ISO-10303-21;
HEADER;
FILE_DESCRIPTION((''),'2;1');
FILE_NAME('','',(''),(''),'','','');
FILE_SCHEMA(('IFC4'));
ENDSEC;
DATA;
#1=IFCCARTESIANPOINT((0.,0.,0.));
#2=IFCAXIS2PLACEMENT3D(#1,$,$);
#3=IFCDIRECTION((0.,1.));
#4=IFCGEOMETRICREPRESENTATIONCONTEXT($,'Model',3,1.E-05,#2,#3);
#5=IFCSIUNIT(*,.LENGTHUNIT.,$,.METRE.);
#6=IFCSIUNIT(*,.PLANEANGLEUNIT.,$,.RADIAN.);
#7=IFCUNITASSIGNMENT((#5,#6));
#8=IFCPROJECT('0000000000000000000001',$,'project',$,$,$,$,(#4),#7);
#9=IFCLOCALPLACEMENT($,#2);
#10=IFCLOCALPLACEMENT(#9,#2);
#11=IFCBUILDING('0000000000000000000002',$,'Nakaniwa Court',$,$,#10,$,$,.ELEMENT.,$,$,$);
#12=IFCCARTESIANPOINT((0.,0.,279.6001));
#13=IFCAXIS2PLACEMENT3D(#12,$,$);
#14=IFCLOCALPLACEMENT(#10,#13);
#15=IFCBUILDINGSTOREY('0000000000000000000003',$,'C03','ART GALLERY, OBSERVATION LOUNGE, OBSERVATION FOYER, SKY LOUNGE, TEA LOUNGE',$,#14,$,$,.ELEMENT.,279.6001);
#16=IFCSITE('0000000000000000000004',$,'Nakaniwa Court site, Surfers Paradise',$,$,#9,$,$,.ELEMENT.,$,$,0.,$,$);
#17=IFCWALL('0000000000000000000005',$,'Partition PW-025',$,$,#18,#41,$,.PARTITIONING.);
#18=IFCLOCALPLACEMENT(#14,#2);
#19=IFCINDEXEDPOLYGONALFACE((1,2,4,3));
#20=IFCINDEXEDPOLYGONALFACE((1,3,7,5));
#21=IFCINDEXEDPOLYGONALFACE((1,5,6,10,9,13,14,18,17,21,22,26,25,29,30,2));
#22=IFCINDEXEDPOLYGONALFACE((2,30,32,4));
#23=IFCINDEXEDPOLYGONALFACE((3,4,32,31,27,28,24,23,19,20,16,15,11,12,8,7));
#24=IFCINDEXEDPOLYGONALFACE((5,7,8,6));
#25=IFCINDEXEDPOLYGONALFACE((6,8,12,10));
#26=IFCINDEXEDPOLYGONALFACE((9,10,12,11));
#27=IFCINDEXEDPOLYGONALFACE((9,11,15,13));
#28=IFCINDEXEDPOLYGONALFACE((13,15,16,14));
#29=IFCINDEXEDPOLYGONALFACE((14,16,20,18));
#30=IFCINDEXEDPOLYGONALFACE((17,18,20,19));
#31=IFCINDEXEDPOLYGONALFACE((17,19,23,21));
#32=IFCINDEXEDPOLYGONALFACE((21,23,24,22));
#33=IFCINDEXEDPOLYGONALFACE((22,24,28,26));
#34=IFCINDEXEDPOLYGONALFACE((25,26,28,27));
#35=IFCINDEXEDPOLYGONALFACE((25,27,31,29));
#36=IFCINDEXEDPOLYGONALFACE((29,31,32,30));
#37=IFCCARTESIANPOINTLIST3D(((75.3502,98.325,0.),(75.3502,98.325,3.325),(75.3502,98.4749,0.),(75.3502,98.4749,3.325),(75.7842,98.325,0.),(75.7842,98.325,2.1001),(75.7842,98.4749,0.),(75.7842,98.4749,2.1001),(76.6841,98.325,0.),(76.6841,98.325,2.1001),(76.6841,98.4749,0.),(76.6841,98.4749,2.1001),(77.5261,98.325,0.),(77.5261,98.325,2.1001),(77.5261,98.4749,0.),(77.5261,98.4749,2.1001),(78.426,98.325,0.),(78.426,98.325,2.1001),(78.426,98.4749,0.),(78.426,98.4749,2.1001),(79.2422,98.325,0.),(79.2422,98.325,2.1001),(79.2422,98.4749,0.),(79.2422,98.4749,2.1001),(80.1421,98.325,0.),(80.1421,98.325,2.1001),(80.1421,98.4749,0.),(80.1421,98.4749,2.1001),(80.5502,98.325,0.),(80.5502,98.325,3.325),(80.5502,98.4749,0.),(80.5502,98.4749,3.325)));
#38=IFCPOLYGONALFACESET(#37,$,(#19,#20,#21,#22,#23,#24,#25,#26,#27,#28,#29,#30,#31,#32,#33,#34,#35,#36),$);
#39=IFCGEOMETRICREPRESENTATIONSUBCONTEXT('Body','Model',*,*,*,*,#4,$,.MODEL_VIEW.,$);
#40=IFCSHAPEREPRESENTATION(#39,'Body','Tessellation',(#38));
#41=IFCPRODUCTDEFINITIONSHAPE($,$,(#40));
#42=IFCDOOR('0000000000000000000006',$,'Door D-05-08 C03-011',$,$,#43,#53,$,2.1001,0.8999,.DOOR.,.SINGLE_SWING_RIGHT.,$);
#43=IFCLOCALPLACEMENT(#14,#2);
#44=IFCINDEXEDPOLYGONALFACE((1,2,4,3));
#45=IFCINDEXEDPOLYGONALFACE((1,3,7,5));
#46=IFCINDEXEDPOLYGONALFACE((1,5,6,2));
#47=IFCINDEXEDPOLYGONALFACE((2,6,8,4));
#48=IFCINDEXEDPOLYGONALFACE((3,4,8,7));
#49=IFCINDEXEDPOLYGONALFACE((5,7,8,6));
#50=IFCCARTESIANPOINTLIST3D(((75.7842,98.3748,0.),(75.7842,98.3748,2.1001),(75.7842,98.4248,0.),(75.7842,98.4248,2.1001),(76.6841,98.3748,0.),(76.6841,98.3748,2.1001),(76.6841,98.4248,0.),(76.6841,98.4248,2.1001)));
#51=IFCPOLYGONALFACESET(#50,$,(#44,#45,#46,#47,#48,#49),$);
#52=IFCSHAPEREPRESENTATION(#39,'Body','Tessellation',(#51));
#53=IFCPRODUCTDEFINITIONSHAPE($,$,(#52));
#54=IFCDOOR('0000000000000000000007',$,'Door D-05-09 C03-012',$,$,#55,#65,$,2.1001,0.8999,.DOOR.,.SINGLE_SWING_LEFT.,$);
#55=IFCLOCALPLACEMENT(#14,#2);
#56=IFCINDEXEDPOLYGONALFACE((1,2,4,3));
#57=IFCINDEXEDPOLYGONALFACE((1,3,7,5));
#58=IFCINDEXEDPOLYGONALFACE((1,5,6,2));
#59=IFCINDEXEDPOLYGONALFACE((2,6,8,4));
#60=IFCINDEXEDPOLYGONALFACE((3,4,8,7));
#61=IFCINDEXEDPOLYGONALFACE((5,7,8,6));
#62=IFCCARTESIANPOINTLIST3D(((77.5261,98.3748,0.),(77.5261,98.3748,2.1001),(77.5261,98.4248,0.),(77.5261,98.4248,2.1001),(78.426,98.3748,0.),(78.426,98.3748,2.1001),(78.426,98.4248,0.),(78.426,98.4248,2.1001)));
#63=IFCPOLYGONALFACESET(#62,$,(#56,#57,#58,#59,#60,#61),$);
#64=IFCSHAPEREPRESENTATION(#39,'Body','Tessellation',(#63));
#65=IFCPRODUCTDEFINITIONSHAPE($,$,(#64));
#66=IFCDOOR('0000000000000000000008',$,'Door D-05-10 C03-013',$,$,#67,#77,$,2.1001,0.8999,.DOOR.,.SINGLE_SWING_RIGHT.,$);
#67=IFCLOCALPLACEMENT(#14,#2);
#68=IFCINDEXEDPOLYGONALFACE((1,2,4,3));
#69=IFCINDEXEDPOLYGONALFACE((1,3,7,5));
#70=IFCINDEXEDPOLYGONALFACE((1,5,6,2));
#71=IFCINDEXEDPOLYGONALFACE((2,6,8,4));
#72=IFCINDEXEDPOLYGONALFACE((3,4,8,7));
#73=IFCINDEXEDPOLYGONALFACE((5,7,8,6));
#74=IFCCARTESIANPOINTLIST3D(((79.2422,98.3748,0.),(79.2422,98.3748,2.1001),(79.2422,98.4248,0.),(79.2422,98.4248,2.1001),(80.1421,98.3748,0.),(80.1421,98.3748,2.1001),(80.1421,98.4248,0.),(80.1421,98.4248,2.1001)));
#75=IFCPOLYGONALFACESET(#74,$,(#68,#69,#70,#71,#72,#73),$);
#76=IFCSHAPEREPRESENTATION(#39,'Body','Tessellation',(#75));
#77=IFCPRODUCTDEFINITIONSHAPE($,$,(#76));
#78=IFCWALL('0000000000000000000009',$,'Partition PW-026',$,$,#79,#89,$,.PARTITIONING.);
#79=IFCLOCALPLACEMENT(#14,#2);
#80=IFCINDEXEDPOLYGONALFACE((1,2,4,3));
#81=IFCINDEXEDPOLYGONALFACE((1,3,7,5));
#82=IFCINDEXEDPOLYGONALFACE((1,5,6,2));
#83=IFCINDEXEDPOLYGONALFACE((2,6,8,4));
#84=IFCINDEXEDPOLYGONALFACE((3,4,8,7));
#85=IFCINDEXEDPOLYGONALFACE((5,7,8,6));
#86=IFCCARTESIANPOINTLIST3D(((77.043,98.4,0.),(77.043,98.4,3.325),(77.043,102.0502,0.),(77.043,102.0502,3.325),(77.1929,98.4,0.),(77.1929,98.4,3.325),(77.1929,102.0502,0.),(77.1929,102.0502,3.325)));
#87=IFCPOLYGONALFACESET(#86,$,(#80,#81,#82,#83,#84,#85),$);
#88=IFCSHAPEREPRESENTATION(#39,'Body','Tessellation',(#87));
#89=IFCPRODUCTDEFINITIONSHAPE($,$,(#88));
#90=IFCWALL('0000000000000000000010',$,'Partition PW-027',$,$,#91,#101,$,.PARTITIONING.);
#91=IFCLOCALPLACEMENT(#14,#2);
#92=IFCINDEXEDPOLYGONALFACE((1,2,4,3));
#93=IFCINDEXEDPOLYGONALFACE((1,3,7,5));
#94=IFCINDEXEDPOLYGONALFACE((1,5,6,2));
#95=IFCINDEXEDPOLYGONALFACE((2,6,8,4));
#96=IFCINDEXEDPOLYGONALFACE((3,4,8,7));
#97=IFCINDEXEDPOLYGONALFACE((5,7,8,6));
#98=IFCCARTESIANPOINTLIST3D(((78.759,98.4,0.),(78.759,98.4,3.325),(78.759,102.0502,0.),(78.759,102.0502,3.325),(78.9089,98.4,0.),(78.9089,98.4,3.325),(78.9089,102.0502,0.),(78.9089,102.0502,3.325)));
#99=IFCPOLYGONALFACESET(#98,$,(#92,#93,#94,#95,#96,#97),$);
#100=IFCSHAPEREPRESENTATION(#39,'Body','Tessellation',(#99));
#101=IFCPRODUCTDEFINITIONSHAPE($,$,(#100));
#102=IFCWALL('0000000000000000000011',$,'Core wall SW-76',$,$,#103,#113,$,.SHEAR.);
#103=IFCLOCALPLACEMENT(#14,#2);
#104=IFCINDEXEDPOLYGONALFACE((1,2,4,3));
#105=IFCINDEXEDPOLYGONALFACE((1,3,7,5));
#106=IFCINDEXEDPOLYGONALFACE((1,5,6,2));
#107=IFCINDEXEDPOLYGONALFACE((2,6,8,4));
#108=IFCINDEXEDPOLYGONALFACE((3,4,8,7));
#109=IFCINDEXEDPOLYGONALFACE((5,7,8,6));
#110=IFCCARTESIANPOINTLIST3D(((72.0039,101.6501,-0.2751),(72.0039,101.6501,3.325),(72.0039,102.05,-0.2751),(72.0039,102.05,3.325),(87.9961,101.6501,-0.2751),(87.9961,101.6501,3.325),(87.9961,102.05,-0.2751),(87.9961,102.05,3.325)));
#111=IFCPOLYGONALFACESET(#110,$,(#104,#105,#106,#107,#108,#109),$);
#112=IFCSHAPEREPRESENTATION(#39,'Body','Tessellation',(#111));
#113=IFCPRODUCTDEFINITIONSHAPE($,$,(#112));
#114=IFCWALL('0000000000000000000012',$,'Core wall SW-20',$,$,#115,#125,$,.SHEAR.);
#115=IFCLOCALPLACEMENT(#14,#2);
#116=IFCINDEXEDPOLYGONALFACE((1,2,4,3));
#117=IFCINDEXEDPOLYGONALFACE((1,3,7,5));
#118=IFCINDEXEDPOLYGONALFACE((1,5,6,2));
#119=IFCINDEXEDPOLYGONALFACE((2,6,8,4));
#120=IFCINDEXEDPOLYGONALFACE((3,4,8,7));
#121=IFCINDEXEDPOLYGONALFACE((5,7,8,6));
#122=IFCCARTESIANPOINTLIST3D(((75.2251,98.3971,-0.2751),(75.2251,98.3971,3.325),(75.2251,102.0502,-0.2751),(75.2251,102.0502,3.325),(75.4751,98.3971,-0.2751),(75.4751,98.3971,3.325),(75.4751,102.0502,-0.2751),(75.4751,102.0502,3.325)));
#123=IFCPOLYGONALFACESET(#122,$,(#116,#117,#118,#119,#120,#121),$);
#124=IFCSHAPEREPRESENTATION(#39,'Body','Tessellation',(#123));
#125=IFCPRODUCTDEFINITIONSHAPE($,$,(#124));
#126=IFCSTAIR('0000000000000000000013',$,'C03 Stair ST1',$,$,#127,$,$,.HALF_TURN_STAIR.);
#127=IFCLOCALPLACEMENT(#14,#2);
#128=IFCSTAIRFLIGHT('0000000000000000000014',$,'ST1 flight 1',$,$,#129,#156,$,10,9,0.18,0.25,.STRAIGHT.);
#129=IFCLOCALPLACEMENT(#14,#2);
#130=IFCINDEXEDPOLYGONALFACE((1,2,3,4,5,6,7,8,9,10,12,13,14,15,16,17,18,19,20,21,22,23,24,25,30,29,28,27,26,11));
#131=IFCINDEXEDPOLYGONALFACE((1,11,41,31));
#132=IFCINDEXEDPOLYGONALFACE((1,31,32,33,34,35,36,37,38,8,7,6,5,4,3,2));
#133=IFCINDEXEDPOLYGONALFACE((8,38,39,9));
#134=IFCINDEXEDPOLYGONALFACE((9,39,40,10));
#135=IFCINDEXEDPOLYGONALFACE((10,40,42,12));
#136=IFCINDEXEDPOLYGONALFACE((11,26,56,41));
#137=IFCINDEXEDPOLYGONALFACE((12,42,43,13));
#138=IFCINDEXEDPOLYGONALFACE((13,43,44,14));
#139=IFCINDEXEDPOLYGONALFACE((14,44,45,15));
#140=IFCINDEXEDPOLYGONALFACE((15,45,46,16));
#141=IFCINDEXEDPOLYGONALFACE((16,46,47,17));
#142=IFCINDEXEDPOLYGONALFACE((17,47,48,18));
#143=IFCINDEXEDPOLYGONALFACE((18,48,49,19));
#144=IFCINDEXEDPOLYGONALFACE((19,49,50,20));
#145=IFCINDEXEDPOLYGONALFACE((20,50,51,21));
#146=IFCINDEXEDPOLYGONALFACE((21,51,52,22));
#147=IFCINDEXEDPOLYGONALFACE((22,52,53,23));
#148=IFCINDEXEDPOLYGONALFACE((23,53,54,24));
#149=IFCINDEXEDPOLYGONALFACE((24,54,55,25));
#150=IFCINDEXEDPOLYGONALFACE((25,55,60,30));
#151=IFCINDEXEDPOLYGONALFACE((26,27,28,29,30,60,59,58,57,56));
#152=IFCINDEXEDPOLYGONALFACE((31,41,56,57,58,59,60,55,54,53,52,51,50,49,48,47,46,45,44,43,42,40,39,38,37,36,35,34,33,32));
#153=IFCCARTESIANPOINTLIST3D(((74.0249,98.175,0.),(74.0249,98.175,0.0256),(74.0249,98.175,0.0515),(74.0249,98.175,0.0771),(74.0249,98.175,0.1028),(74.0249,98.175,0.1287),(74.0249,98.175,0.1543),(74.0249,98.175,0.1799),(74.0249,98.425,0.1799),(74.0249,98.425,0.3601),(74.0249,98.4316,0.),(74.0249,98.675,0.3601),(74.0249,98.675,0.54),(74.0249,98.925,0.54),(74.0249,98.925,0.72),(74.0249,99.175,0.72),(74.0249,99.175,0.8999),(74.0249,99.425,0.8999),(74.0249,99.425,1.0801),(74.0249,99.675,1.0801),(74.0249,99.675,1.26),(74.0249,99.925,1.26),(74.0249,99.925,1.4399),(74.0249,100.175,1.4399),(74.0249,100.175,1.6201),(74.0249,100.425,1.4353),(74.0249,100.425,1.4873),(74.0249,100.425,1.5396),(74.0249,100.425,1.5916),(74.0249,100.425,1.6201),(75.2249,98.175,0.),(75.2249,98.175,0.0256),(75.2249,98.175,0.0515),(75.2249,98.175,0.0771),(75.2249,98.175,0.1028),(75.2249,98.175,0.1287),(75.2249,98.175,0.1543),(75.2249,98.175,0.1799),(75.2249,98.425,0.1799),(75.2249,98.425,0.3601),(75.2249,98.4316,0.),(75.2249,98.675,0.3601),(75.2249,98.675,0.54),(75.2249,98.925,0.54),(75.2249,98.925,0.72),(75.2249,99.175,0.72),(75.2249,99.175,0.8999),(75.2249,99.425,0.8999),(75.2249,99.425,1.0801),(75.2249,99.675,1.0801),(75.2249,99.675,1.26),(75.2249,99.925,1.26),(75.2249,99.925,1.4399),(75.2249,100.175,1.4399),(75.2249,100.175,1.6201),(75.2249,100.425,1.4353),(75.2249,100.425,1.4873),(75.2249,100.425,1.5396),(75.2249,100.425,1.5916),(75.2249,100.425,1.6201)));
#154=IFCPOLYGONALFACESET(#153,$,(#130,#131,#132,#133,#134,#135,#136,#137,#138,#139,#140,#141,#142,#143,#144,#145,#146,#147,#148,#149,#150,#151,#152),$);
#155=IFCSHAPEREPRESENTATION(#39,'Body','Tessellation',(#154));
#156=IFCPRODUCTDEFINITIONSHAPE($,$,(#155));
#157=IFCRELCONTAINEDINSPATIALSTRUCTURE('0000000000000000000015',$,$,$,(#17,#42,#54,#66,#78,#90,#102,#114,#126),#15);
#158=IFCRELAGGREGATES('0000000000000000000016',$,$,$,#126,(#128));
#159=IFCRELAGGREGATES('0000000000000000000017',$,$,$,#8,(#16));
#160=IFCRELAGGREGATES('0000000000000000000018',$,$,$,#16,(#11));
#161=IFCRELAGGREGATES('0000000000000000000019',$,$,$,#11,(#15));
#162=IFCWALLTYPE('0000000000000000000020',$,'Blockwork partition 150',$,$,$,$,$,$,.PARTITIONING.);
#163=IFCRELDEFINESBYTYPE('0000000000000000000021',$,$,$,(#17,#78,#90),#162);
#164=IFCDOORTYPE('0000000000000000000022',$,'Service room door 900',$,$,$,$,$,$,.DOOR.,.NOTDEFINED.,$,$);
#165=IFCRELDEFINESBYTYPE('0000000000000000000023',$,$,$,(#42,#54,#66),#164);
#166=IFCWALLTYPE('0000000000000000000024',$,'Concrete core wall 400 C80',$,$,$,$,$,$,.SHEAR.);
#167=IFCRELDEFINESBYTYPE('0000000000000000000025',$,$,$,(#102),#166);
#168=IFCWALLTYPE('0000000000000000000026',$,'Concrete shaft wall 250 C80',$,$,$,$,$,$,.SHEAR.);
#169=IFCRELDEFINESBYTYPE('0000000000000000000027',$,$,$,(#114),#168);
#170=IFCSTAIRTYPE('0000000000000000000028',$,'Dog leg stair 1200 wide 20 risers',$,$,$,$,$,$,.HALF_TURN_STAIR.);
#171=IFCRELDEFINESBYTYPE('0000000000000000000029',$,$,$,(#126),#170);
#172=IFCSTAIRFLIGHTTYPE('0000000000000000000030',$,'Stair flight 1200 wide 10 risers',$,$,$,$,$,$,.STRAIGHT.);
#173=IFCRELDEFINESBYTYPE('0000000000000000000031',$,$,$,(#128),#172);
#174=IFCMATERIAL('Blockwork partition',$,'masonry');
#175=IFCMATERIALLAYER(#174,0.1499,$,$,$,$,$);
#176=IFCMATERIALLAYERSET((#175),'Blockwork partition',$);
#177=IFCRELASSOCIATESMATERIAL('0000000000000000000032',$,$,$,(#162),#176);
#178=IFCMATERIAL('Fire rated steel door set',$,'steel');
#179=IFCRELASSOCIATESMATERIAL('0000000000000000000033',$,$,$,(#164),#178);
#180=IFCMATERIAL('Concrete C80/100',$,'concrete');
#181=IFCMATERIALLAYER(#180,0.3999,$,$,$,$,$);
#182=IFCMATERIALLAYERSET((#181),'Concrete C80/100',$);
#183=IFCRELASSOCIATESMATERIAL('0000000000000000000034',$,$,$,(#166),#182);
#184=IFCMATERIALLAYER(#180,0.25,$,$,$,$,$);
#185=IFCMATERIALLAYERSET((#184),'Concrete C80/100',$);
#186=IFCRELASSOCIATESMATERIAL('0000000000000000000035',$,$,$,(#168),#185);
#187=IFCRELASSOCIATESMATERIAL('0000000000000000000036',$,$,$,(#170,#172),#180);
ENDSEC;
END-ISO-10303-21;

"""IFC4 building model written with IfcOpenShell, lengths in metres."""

from ifc_helpers import new_model, si_unit, direction, frame, frame_2d, origin, place, context, subcontext, project, spatial, polyline, rectangle, outline, extrude, material, layer, layer_set, type_object, element, fill, aggregate, save


model = new_model("IFC4")

# Units and contexts
model_context = context("Model", 3, precision=1e-05, world=origin(), true_north=direction((0.0, 1.0)))
body_context = subcontext(model_context, "Body", "Model", "MODEL_VIEW")
ifc_project = project(units=[si_unit("LENGTHUNIT", "METRE"), si_unit("PLANEANGLEUNIT", "RADIAN")], contexts=[model_context])

# Site, building, storey
site_placement = place(None, origin())
site = spatial("IfcSite", under=ifc_project, at=site_placement, Name="Nakaniwa Court site, Surfers Paradise", CompositionType="ELEMENT", RefElevation=0.0)
building_placement = place(site_placement, origin())
building = spatial("IfcBuilding", under=site, at=building_placement, Name="Nakaniwa Court", CompositionType="ELEMENT")
storey_placement = place(building_placement, frame((0.0, 0.0, 279.6001)))
storey = spatial("IfcBuildingStorey", under=building, at=storey_placement, Name="C03", Description="ART GALLERY, OBSERVATION LOUNGE, OBSERVATION FOYER, SKY LOUNGE, TEA LOUNGE", CompositionType="ELEMENT", Elevation=279.6001)

# Shared definitions
ifc_material_1 = material(Name="Concrete C80/100", Category="concrete")

# Wall, openings, doors
ifc_material_2 = material(Name="Blockwork partition", Category="masonry")
ifc_layer_1 = layer(ifc_material_2, 0.1499)
ifc_layer_set_1 = layer_set([ifc_layer_1], Name="Blockwork partition")
wall_type_1 = type_object("IfcWallType", Name="Blockwork partition 150", PredefinedType="PARTITIONING", material=ifc_layer_set_1)
wall_1_placement = place(storey_placement, frame((75.3501, 98.3999, 0.0), z_axis=(0.0, 0.0, 1.0), x_axis=(1.0, 0.0, 0.0)))
wall_1 = element("IfcWall", 1, at=wall_1_placement, inside=storey, type_object=wall_type_1, Name="Partition PW-025", PredefinedType="PARTITIONING", context=body_context, shape_type="SweptSolid", body=[
    extrude(rectangle(XDim=5.2, YDim=0.1499, at=frame_2d((2.6001, 0.0))), origin(), (0.0, 0.0, 1.0), 3.325),
])
opening_1_placement = place(wall_1_placement, frame((0.4341, 0.0, 0.0)))
opening_1 = element("IfcOpeningElement", 2, at=opening_1_placement, cuts=wall_1, PredefinedType="OPENING", context=body_context, shape_type="SweptSolid", body=[
    extrude(rectangle(XDim=0.8999, YDim=2.1001, at=frame_2d((0.45, 1.05))), frame((0.0, 0.085, 0.0), z_axis=(0.0, -1.0, 0.0), x_axis=(1.0, 0.0, 0.0)), (0.0, 0.0, 1.0), 0.1699),
])
opening_2_placement = place(wall_1_placement, frame((2.176, 0.0, 0.0)))
opening_2 = element("IfcOpeningElement", 3, at=opening_2_placement, cuts=wall_1, PredefinedType="OPENING", context=body_context, shape_type="SweptSolid", body=[
    extrude(rectangle(XDim=0.8999, YDim=2.1001, at=frame_2d((0.45, 1.05))), frame((0.0, 0.085, 0.0), z_axis=(0.0, -1.0, 0.0), x_axis=(1.0, 0.0, 0.0)), (0.0, 0.0, 1.0), 0.1699),
])
opening_3_placement = place(wall_1_placement, frame((3.8921, 0.0, 0.0)))
opening_3 = element("IfcOpeningElement", 4, at=opening_3_placement, cuts=wall_1, PredefinedType="OPENING", context=body_context, shape_type="SweptSolid", body=[
    extrude(rectangle(XDim=0.8999, YDim=2.1001, at=frame_2d((0.45, 1.05))), frame((0.0, 0.085, 0.0), z_axis=(0.0, -1.0, 0.0), x_axis=(1.0, 0.0, 0.0)), (0.0, 0.0, 1.0), 0.1699),
])
ifc_material_3 = material(Name="Fire rated steel door set", Category="steel")
door_type = type_object("IfcDoorType", Name="Service room door 900", OperationType="NOTDEFINED", PredefinedType="DOOR", material=ifc_material_3)
door_1_placement = place(opening_1_placement, origin())
door_1 = element("IfcDoor", 5, at=door_1_placement, inside=storey, type_object=door_type, Name="Door D-05-08 C03-011", OperationType="SINGLE_SWING_RIGHT", OverallHeight=2.1001, OverallWidth=0.8999, PredefinedType="DOOR", context=body_context, shape_type="SweptSolid", body=[
    extrude(rectangle(XDim=0.8999, YDim=2.1001, at=frame_2d((0.45, 1.05))), frame((0.0, 0.0249, 0.0), z_axis=(0.0, -1.0, 0.0), x_axis=(1.0, 0.0, 0.0)), (0.0, 0.0, 1.0), 0.05),
])
fill(opening_1, door_1)
door_2_placement = place(opening_2_placement, origin())
door_2 = element("IfcDoor", 6, at=door_2_placement, inside=storey, type_object=door_type, Name="Door D-05-09 C03-012", OperationType="SINGLE_SWING_LEFT", OverallHeight=2.1001, OverallWidth=0.8999, PredefinedType="DOOR", context=body_context, shape_type="SweptSolid", body=[
    extrude(rectangle(XDim=0.8999, YDim=2.1001, at=frame_2d((0.45, 1.05))), frame((0.0, 0.0249, 0.0), z_axis=(0.0, -1.0, 0.0), x_axis=(1.0, 0.0, 0.0)), (0.0, 0.0, 1.0), 0.05),
])
fill(opening_2, door_2)
door_3_placement = place(opening_3_placement, origin())
door_3 = element("IfcDoor", 7, at=door_3_placement, inside=storey, type_object=door_type, Name="Door D-05-10 C03-013", OperationType="SINGLE_SWING_RIGHT", OverallHeight=2.1001, OverallWidth=0.8999, PredefinedType="DOOR", context=body_context, shape_type="SweptSolid", body=[
    extrude(rectangle(XDim=0.8999, YDim=2.1001, at=frame_2d((0.45, 1.05))), frame((0.0, 0.0249, 0.0), z_axis=(0.0, -1.0, 0.0), x_axis=(1.0, 0.0, 0.0)), (0.0, 0.0, 1.0), 0.05),
])
fill(opening_3, door_3)

# Walls
for number, where, z_axis, x_axis, name in (
    (8, (77.1179, 98.3999, 0.0), (0.0, 0.0, 1.0), (0.0, 1.0, 0.0), "Partition PW-026"),
    (9, (78.834, 98.3999, 0.0), (0.0, 0.0, 1.0), (0.0, 1.0, 0.0), "Partition PW-027"),
):
    element("IfcWall", number, at=place(storey_placement, frame(where, z_axis=z_axis, x_axis=x_axis)), inside=storey, type_object=wall_type_1, Name=name, PredefinedType="PARTITIONING", context=body_context, shape_type="SweptSolid", body=[
        extrude(rectangle(XDim=3.6501, YDim=0.1499, at=frame_2d((1.8252, 0.0))), origin(), (0.0, 0.0, 1.0), 3.325),
    ])
ifc_layer_2 = layer(ifc_material_1, 0.3999)
ifc_layer_set_2 = layer_set([ifc_layer_2], Name="Concrete C80/100")
wall_type_2 = type_object("IfcWallType", Name="Concrete core wall 400 C80", PredefinedType="SHEAR", material=ifc_layer_set_2)
wall_2_placement = place(storey_placement, frame((72.0039, 101.8501, -0.2751), z_axis=(0.0, 0.0, 1.0), x_axis=(1.0, 0.0, 0.0)))
element("IfcWall", 10, at=wall_2_placement, inside=storey, type_object=wall_type_2, Name="Core wall SW-76", PredefinedType="SHEAR", context=body_context, shape_type="SweptSolid", body=[
    extrude(rectangle(XDim=15.9922, YDim=0.3999, at=frame_2d((7.9961, 0.0))), origin(), (0.0, 0.0, 1.0), 3.6001),
])
ifc_layer_3 = layer(ifc_material_1, 0.25)
ifc_layer_set_3 = layer_set([ifc_layer_3], Name="Concrete C80/100")
wall_type_3 = type_object("IfcWallType", Name="Concrete shaft wall 250 C80", PredefinedType="SHEAR", material=ifc_layer_set_3)
wall_3_placement = place(storey_placement, frame((75.3501, 98.397, -0.2751), z_axis=(0.0, 0.0, 1.0), x_axis=(0.0, 1.0, 0.0)))
element("IfcWall", 11, at=wall_3_placement, inside=storey, type_object=wall_type_3, Name="Core wall SW-20", PredefinedType="SHEAR", context=body_context, shape_type="SweptSolid", body=[
    extrude(rectangle(XDim=3.6531, YDim=0.25, at=frame_2d((1.8267, 0.0))), origin(), (0.0, 0.0, 1.0), 3.6001),
])

# Stair, stair flight
stair_type = type_object("IfcStairType", Name="Dog leg stair 1200 wide 20 risers", PredefinedType="HALF_TURN_STAIR", material=ifc_material_1)
stair_placement = place(storey_placement, origin())
stair = element("IfcStair", 12, at=stair_placement, inside=storey, type_object=stair_type, Name="C03 Stair ST1", PredefinedType="HALF_TURN_STAIR")
stair_flight_type = type_object("IfcStairFlightType", Name="Stair flight 1200 wide 10 risers", PredefinedType="STRAIGHT", material=ifc_material_1)
stair_flight_1_placement = place(storey_placement, frame((74.625, 98.175, 0.0), z_axis=(0.0, 0.0, 1.0), x_axis=(0.0, 1.0, 0.0)))
stair_flight_1 = element("IfcStairFlight", 13, at=stair_flight_1_placement, type_object=stair_flight_type, Name="ST1 flight 1", NumberOfRisers=10, NumberOfTreads=9, PredefinedType="STRAIGHT", RiserHeight=0.18, TreadLength=0.25, context=body_context, shape_type="SweptSolid", body=[
    extrude(outline(polyline([(0.0, 0.0), (0.0, 0.0256), (0.0, 0.0515), (0.0, 0.0771), (0.0, 0.1028), (0.0, 0.1287), (0.0, 0.1543), (0.0, 0.1799), (0.25, 0.1799), (0.25, 0.3601), (0.5, 0.3601), (0.5, 0.54), (0.75, 0.54), (0.75, 0.72), (1.0, 0.72), (1.0, 0.8999), (1.25, 0.8999), (1.25, 1.0801), (1.5, 1.0801), (1.5, 1.26), (1.75, 1.26), (1.75, 1.4399), (2.0, 1.4399), (2.0, 1.6201), (2.25, 1.6201), (2.25, 1.8), (2.25, 1.7478), (2.25, 1.6958), (2.25, 1.6438), (2.25, 1.5916), (2.25, 1.5396), (2.25, 1.4873), (2.25, 1.4353), (0.2566, 0.0), (0.0, 0.0)])), frame((0.0, 0.6001, 0.0), z_axis=(0.0, -1.0, 0.0), x_axis=(1.0, 0.0, 0.0)), (0.0, 0.0, 1.0), 1.2),
])
aggregate(stair, [stair_flight_1])

save(model, "model.ifc")
